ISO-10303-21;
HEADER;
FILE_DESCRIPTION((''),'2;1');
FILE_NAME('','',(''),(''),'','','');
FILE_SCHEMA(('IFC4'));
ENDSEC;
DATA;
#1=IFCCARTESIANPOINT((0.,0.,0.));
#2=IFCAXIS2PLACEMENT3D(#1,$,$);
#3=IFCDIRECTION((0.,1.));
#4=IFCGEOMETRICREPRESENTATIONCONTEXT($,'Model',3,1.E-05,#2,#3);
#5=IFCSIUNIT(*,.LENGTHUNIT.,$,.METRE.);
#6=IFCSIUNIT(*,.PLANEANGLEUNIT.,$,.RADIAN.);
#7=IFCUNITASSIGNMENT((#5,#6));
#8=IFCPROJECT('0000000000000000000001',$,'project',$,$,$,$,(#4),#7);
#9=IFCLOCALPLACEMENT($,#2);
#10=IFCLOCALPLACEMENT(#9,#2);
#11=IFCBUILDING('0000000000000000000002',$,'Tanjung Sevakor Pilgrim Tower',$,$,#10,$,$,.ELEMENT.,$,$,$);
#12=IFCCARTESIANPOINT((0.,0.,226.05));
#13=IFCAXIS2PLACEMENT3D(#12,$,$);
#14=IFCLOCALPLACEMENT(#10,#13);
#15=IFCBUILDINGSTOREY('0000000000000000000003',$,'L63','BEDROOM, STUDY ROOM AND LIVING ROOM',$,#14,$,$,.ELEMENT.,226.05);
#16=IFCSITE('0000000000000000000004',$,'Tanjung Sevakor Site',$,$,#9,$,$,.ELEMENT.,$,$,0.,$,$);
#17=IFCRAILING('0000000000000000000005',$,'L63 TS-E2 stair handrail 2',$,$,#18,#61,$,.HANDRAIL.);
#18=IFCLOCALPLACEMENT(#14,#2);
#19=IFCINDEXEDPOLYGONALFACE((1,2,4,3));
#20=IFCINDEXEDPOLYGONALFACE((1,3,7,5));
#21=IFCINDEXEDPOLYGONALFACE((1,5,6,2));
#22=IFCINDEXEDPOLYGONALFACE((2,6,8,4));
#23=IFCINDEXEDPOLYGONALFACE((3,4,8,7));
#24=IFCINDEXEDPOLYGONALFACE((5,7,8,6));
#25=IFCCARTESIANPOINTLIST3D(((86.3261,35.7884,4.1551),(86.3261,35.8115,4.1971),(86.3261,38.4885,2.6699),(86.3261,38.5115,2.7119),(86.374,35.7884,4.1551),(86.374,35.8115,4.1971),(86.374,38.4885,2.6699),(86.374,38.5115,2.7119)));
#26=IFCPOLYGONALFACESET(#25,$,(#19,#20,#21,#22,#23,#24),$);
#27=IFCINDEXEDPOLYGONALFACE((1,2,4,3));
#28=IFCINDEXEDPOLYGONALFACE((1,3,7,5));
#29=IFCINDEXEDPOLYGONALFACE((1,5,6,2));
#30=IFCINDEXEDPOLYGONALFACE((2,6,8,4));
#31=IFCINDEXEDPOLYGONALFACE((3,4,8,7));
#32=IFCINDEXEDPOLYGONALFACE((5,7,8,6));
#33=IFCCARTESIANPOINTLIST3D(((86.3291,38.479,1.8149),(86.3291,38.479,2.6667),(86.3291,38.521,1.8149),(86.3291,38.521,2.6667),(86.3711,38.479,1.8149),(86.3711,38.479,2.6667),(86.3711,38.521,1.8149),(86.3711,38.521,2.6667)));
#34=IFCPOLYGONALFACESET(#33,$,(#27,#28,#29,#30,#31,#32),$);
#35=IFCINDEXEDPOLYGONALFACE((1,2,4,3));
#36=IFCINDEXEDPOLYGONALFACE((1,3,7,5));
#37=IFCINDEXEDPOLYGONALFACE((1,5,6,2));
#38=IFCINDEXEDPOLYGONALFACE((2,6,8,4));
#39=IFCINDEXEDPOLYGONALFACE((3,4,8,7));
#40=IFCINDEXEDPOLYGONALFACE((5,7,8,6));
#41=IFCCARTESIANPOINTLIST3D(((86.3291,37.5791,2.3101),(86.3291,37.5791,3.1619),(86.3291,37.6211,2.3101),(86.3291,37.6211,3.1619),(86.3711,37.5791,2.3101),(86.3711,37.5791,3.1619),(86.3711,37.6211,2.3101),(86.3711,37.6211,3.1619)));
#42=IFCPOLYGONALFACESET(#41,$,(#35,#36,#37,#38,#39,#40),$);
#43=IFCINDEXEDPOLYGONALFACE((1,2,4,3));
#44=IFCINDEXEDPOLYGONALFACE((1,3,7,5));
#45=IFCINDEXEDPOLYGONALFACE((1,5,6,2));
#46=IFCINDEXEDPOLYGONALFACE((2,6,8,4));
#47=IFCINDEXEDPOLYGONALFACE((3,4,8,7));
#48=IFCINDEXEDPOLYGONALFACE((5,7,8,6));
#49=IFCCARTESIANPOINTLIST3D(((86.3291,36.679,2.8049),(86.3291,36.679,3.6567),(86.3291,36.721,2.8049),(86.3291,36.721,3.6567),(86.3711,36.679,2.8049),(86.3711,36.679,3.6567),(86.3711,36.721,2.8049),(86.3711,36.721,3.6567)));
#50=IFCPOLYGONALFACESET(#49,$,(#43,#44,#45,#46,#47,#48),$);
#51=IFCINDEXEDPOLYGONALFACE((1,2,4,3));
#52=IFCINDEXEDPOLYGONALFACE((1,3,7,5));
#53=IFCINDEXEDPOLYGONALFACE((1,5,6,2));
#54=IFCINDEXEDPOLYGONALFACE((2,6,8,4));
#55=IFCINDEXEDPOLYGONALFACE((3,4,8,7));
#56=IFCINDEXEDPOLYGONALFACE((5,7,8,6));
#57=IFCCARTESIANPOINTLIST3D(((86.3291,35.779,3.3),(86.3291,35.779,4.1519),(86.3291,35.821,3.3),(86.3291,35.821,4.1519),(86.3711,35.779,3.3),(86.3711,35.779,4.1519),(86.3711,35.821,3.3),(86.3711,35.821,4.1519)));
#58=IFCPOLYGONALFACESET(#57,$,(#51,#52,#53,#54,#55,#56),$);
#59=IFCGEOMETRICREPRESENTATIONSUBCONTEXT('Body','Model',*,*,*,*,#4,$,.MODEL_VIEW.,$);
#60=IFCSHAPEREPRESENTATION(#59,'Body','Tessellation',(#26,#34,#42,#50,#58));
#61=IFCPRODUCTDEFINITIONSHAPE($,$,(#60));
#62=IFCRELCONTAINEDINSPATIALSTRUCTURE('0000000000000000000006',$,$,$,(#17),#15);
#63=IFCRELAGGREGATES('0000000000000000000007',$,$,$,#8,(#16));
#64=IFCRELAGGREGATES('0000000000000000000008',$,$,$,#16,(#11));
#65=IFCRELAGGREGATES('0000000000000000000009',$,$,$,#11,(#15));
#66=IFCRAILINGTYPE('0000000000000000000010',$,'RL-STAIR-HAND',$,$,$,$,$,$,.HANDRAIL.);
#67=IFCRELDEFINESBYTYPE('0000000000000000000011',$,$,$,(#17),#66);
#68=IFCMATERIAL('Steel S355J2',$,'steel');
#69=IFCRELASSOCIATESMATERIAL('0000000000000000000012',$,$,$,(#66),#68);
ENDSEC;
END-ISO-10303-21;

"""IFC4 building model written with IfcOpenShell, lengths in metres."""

from ifc_helpers import new_model, si_unit, direction, frame, origin, place, context, subcontext, project, spatial, rectangle, extrude, material, type_object, element, save


model = new_model("IFC4")

# Units and contexts
model_context = context("Model", 3, precision=1e-05, world=origin(), true_north=direction((0.0, 1.0)))
body_context = subcontext(model_context, "Body", "Model", "MODEL_VIEW")
ifc_project = project(units=[si_unit("LENGTHUNIT", "METRE"), si_unit("PLANEANGLEUNIT", "RADIAN")], contexts=[model_context])

# Site, building, storey
site_placement = place(None, origin())
site = spatial("IfcSite", under=ifc_project, at=site_placement, Name="Tanjung Sevakor Site", CompositionType="ELEMENT", RefElevation=0.0)
building_placement = place(site_placement, origin())
building = spatial("IfcBuilding", under=site, at=building_placement, Name="Tanjung Sevakor Pilgrim Tower", CompositionType="ELEMENT")
storey_placement = place(building_placement, frame((0.0, 0.0, 226.05)))
storey = spatial("IfcBuildingStorey", under=building, at=storey_placement, Name="L63", Description="BEDROOM, STUDY ROOM AND LIVING ROOM", CompositionType="ELEMENT", Elevation=226.05)

# Railing
ifc_material_1 = material(Name="Steel S355J2", Category="steel")
railing_type_1 = type_object("IfcRailingType", Name="RL-STAIR-HAND", PredefinedType="HANDRAIL", material=ifc_material_1)
railing_1_placement = place(storey_placement, frame((86.3501, 38.5, 1.8149)))
element("IfcRailing", 1, at=railing_1_placement, inside=storey, type_object=railing_type_1, Name="L63 TS-E2 stair handrail 2", PredefinedType="HANDRAIL", context=body_context, shape_type="SweptSolid", body=[
    extrude(rectangle(XDim=0.0479, YDim=0.0479), frame((0.0, 0.0, 0.876), z_axis=(0.0, -0.876198, 0.481952), x_axis=(1.0, 0.0, 0.0)), (0.0, 0.0, 1.0), 3.0815),
    extrude(rectangle(XDim=0.042, YDim=0.042), origin(), (0.0, 0.0, 1.0), 0.8518),
    extrude(rectangle(XDim=0.042, YDim=0.042), frame((0.0, -0.8999, 0.4951)), (0.0, 0.0, 1.0), 0.8518),
    extrude(rectangle(XDim=0.042, YDim=0.042), frame((0.0, -1.8, 0.99)), (0.0, 0.0, 1.0), 0.8518),
    extrude(rectangle(XDim=0.042, YDim=0.042), frame((0.0, -2.7, 1.4851)), (0.0, 0.0, 1.0), 0.8518),
])

save(model, "model.ifc")
